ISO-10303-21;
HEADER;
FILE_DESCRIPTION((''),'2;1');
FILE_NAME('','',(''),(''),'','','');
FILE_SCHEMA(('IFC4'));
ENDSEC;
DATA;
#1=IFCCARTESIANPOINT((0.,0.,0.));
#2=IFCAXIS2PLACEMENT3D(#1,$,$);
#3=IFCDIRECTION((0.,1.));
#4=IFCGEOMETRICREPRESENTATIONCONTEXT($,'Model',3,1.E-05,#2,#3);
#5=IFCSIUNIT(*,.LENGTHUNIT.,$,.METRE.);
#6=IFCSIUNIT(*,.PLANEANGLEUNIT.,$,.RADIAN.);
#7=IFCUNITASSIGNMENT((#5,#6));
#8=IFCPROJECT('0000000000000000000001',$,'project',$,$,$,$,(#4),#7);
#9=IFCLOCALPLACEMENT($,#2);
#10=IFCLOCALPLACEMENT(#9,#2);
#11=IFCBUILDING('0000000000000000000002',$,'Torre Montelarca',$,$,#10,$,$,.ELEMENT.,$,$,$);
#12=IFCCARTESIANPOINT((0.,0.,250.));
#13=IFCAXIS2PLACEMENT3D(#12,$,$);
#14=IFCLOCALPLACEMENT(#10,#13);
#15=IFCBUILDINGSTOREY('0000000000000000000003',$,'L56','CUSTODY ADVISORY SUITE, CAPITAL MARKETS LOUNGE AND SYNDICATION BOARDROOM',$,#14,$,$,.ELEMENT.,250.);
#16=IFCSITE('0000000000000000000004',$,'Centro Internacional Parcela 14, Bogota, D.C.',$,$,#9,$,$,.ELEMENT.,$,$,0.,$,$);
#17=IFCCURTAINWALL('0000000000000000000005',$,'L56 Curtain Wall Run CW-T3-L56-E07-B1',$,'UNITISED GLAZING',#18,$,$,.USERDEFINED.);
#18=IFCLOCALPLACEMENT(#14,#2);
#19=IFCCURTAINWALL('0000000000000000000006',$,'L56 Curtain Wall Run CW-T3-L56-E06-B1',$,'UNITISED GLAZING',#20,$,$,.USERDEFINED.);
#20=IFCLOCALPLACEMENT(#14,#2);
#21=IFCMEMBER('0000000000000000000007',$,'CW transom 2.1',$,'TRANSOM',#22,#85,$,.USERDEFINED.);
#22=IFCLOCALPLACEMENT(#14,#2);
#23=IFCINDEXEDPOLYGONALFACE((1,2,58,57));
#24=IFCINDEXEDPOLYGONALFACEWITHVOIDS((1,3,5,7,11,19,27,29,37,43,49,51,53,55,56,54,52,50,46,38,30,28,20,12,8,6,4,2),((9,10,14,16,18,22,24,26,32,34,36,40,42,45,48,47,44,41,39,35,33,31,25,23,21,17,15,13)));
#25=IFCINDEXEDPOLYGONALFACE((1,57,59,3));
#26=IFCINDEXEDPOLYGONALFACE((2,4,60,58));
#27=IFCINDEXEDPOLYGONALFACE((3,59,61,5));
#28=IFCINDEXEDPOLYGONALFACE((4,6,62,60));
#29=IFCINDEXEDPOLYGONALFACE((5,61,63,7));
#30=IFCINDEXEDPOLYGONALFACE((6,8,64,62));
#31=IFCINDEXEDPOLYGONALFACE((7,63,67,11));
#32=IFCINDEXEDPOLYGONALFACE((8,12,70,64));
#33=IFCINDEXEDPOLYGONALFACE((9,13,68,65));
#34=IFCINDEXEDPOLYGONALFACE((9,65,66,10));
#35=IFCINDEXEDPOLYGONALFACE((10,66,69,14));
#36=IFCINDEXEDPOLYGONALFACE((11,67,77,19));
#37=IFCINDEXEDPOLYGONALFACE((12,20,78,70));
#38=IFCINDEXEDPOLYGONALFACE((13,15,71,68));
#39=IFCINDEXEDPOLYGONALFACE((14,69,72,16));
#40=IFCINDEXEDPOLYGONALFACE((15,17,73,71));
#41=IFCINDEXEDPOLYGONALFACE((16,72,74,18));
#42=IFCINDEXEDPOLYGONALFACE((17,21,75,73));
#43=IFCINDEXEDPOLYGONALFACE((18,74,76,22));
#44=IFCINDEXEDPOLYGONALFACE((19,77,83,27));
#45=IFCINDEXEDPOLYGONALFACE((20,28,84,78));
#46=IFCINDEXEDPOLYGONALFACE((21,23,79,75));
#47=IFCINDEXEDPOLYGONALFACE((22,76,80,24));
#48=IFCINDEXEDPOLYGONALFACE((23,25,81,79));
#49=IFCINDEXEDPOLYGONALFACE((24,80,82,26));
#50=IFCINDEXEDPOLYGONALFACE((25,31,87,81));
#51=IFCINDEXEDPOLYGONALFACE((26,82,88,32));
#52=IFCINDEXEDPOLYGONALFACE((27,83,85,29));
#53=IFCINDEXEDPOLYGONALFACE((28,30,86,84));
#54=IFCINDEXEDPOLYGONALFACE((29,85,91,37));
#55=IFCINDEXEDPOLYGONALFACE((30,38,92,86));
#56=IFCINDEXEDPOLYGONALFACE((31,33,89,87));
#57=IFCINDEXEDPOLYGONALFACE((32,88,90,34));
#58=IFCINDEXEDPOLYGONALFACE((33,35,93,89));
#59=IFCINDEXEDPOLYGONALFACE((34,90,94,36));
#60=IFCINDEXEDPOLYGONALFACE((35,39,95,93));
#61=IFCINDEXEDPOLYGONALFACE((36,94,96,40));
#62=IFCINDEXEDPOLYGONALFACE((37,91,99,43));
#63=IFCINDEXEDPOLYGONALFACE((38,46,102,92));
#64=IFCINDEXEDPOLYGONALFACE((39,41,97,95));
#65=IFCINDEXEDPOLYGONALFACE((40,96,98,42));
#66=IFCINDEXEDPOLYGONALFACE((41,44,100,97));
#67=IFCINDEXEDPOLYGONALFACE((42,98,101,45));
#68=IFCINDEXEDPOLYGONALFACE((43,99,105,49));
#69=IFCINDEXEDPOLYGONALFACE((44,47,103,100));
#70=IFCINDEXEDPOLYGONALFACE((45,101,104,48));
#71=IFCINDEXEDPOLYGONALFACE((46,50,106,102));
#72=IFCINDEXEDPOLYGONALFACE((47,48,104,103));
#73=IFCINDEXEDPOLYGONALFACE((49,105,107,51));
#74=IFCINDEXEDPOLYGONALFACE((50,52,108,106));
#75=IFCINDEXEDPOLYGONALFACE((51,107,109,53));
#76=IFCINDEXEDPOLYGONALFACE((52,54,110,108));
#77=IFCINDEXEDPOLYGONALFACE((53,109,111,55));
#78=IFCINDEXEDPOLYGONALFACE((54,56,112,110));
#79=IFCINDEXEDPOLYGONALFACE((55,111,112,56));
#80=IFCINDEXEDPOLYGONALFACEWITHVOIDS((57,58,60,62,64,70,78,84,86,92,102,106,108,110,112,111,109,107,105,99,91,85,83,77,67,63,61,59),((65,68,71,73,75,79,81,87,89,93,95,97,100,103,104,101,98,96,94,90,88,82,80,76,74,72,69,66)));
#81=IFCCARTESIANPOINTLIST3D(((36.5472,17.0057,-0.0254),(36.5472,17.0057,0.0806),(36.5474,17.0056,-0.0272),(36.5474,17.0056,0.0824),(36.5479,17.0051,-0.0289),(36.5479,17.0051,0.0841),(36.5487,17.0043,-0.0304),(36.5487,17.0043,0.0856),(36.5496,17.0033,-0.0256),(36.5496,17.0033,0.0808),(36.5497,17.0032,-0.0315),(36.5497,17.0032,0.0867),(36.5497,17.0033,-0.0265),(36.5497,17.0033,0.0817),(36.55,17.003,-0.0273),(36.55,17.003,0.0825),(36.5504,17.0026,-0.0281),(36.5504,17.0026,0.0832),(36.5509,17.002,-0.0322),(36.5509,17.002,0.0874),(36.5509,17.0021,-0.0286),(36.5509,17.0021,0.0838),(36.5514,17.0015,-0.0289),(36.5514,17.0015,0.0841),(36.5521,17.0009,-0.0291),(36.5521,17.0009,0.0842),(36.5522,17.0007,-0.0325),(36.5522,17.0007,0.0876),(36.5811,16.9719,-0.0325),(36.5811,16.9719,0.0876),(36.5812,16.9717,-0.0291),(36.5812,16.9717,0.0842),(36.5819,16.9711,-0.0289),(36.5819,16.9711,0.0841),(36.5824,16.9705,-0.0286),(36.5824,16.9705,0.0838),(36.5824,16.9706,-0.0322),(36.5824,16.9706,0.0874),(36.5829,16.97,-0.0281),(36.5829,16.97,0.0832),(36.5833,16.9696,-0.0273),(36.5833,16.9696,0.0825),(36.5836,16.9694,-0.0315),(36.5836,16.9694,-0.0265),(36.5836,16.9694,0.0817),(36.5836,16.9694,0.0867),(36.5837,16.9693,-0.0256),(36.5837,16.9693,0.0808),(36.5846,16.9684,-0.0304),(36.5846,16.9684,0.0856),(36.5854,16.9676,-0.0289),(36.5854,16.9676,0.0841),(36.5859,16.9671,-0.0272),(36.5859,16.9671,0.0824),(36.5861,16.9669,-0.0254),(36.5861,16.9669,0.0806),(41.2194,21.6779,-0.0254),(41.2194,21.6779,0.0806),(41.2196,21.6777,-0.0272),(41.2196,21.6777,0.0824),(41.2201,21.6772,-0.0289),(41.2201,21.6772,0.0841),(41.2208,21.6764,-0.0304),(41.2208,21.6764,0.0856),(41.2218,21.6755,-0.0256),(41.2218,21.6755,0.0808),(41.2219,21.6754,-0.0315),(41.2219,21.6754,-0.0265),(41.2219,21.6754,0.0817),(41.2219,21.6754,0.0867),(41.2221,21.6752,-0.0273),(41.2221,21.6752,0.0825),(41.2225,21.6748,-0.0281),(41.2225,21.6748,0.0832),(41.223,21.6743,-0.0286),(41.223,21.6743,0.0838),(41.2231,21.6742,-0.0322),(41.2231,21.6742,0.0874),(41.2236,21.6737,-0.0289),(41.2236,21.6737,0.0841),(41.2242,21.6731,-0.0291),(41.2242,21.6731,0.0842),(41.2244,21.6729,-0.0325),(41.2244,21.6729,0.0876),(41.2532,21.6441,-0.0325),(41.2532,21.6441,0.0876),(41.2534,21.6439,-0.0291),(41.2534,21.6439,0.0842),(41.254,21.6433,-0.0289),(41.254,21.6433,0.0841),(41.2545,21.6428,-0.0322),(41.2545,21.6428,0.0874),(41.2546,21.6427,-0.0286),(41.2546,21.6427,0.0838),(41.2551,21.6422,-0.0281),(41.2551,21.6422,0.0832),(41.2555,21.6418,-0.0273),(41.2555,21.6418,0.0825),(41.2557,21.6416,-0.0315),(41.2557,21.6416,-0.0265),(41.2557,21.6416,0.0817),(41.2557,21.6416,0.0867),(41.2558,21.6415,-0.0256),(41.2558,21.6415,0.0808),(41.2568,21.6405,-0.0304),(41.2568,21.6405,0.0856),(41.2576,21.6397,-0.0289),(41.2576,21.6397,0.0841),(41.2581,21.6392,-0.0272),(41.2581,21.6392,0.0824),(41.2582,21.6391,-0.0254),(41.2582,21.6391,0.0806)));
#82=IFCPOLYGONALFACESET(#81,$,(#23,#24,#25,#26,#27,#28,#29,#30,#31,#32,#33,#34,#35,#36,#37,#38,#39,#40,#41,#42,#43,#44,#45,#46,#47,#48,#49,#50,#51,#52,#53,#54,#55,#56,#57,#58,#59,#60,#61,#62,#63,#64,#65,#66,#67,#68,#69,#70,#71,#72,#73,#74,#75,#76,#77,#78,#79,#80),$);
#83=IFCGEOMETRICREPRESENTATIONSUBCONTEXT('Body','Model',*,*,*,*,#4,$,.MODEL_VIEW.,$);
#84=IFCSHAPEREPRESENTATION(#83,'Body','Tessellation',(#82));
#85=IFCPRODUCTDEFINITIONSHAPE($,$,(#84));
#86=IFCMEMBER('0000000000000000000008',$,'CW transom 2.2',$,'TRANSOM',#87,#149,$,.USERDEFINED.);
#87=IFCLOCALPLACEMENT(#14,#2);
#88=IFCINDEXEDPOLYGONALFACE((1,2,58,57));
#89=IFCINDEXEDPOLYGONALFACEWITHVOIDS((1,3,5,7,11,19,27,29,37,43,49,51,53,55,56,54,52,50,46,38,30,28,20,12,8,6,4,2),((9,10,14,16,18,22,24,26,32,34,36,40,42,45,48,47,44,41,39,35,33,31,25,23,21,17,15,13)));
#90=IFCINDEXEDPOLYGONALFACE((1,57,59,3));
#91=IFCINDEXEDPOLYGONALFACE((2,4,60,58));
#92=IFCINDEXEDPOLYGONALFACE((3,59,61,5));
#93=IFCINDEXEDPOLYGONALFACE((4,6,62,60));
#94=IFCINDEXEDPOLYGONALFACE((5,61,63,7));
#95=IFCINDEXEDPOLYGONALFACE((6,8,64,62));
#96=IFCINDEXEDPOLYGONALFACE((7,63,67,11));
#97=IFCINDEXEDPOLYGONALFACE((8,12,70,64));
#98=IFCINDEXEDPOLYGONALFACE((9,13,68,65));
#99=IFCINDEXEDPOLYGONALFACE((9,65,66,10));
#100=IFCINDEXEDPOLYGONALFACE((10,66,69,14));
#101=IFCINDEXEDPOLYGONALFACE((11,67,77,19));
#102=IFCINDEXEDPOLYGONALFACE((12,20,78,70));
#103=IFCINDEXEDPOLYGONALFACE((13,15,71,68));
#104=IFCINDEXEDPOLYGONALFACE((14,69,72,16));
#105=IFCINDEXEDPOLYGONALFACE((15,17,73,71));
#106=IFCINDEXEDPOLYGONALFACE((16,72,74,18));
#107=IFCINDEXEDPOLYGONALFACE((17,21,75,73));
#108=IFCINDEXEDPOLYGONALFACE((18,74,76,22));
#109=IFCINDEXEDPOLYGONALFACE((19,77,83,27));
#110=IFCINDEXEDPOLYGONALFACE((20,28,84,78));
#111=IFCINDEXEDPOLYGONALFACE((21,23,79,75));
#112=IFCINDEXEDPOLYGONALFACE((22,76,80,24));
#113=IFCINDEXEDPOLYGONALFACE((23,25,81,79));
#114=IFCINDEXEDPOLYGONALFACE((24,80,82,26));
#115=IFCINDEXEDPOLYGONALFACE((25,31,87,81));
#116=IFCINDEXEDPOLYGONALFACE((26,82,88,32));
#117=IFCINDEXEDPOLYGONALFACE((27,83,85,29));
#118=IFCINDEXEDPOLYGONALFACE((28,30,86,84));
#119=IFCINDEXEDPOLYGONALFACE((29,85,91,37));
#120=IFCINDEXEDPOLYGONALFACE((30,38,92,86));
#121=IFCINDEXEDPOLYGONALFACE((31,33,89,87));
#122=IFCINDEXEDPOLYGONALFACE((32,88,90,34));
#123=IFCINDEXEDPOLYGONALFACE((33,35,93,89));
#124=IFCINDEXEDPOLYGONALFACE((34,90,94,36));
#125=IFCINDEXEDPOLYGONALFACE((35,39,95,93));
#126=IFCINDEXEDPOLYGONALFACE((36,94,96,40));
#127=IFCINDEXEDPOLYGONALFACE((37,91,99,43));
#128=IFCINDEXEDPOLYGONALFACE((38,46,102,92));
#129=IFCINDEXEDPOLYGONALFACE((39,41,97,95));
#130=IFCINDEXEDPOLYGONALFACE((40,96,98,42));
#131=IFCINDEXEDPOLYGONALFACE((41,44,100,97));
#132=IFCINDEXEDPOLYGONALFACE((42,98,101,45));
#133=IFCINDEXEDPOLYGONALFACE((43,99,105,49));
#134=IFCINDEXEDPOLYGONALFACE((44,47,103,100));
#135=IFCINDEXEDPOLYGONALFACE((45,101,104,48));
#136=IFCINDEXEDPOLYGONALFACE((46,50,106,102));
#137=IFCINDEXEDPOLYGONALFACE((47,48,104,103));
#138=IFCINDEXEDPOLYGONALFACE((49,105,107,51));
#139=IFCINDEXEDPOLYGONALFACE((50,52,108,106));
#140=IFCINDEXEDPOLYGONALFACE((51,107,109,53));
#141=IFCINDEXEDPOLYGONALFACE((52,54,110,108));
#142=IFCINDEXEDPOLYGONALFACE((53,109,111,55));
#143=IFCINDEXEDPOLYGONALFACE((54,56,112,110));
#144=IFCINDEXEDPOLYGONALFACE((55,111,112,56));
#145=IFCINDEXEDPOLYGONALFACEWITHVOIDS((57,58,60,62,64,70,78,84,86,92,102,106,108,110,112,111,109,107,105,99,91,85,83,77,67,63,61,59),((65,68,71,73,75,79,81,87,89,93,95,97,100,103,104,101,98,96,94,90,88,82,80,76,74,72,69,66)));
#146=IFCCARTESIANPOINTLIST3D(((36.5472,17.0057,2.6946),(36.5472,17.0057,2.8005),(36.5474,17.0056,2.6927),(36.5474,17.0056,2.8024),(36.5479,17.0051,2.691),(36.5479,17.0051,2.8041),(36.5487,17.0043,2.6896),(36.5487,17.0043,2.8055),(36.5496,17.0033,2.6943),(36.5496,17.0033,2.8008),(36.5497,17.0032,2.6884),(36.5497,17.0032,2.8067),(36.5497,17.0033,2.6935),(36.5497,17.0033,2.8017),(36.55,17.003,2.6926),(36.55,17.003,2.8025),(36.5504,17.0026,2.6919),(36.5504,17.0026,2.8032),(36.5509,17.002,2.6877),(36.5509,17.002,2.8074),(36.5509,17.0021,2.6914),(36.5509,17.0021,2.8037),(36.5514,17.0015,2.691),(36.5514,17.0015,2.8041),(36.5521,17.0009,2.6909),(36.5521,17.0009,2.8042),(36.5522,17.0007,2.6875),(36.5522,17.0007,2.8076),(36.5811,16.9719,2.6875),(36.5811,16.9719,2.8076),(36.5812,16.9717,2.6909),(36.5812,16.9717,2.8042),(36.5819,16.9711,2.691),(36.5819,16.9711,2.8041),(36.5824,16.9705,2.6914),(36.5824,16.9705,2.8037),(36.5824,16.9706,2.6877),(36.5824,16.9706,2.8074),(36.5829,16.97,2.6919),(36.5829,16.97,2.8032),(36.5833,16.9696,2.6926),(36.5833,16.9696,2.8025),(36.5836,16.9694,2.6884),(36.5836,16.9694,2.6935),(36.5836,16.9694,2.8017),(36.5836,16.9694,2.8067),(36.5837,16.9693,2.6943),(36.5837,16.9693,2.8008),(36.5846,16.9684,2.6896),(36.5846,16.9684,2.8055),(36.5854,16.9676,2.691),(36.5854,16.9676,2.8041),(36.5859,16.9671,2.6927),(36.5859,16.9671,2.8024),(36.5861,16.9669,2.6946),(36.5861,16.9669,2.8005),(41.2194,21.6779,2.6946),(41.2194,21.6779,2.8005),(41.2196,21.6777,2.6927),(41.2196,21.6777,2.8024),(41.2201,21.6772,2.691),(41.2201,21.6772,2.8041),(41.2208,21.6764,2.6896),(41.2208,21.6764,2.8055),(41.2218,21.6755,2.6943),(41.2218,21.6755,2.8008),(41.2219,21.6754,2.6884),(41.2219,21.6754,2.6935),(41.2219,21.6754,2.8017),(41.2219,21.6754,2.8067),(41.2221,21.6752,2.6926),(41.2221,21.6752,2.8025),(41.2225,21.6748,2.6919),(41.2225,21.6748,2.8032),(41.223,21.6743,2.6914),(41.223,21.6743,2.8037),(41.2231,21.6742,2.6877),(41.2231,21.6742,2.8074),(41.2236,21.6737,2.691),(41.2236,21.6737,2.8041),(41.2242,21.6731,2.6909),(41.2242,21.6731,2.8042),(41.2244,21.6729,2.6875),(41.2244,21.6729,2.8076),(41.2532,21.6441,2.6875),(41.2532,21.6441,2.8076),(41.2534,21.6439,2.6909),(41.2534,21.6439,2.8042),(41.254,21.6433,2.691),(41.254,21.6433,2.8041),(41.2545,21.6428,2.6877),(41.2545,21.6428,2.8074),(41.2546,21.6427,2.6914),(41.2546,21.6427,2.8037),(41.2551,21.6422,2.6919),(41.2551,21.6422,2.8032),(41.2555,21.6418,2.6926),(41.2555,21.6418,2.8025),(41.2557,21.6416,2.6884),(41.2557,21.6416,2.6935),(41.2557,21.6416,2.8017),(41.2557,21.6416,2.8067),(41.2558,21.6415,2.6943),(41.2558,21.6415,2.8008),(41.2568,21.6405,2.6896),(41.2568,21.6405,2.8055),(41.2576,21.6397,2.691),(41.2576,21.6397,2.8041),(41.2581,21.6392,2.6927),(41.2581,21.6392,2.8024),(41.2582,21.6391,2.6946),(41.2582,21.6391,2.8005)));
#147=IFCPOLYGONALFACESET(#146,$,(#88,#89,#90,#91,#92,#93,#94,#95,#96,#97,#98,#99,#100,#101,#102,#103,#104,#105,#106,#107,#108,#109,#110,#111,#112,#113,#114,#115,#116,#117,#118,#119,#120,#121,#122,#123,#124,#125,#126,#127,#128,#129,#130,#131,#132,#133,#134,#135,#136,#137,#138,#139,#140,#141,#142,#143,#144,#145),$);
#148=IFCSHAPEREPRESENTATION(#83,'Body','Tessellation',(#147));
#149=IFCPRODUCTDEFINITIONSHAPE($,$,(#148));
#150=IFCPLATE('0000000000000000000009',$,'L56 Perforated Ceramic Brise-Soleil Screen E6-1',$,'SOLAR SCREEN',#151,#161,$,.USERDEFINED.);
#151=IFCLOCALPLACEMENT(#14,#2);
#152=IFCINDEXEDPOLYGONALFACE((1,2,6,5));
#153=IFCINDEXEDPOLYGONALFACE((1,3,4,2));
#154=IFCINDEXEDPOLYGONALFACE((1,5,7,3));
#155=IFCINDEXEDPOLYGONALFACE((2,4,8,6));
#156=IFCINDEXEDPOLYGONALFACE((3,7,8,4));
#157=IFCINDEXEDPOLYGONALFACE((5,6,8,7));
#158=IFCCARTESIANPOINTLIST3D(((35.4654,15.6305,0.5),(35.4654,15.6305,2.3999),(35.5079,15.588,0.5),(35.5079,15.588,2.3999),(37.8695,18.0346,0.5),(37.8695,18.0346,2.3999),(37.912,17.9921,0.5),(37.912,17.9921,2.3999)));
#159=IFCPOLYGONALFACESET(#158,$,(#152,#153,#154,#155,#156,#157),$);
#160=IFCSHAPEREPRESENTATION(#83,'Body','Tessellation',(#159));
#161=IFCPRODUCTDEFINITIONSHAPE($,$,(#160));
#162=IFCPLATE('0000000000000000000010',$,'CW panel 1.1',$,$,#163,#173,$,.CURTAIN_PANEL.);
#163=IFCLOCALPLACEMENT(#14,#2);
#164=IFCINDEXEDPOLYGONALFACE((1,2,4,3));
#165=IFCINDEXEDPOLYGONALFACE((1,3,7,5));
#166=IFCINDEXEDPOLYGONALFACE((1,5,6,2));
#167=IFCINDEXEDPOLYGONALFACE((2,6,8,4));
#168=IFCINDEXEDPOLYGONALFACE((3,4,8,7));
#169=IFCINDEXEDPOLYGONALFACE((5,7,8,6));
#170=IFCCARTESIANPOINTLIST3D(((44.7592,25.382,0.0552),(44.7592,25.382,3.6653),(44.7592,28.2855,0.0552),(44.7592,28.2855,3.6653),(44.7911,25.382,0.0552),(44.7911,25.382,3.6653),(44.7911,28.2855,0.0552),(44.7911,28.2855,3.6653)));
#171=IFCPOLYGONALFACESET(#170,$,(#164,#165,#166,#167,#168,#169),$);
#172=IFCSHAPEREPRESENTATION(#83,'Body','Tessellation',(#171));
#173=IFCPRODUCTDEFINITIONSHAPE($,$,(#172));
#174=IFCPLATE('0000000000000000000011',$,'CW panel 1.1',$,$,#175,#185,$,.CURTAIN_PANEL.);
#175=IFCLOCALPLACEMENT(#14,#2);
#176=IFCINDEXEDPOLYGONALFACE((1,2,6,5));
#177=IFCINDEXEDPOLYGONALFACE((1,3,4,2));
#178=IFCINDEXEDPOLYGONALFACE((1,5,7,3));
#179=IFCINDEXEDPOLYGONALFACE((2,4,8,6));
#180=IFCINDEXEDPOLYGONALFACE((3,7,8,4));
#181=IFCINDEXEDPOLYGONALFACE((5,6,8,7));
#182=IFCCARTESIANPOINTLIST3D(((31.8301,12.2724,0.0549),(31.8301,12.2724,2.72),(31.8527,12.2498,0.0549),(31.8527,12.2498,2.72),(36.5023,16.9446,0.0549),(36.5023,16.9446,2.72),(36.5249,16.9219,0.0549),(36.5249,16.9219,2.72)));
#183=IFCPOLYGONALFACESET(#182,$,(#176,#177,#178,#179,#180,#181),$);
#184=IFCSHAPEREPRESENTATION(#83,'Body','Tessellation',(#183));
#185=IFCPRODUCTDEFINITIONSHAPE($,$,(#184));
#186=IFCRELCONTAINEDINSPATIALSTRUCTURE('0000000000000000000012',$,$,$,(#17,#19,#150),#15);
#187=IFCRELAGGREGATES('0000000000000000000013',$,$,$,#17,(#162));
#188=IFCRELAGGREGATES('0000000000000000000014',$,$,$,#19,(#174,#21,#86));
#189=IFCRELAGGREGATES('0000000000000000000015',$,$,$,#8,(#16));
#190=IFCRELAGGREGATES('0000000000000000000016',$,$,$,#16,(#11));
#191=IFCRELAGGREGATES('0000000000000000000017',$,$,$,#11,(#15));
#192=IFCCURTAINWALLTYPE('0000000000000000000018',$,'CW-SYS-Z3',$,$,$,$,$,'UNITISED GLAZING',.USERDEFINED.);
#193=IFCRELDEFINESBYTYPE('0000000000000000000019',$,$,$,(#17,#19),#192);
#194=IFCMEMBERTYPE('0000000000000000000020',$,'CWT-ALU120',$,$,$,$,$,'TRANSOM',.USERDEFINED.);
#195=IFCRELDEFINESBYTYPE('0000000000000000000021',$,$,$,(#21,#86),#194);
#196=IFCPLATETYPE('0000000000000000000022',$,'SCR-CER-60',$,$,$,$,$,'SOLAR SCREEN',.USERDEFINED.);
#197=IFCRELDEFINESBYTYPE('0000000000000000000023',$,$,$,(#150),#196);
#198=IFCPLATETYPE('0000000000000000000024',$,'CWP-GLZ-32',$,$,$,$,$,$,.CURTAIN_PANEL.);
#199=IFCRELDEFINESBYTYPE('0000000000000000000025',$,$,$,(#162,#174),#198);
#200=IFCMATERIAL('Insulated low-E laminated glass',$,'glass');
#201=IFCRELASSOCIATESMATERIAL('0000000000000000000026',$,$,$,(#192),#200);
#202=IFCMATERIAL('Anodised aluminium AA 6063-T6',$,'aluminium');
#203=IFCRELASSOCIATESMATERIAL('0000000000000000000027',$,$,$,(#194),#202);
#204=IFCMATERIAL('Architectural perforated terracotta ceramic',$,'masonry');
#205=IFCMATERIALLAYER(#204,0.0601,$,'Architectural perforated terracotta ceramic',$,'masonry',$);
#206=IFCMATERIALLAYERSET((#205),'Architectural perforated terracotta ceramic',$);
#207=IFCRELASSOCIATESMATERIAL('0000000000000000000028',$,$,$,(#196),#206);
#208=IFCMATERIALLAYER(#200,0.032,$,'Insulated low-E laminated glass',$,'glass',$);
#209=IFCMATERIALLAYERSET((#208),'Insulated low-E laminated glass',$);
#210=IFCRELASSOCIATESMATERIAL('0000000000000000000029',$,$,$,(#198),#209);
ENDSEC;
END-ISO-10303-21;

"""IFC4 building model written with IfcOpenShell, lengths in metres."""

from ifc_helpers import new_model, si_unit, direction, frame, origin, origin_2d, place, context, subcontext, project, spatial, rectangle, hollow_rectangle, extrude, source, transform, mapped, material, layer, layer_set, material_profile, profile_set, type_object, element, aggregate, save


model = new_model("IFC4")

# Units and contexts
model_context = context("Model", 3, precision=1e-05, world=origin(), true_north=direction((0.0, 1.0)))
body_context = subcontext(model_context, "Body", "Model", "MODEL_VIEW")
ifc_project = project(units=[si_unit("LENGTHUNIT", "METRE"), si_unit("PLANEANGLEUNIT", "RADIAN")], contexts=[model_context])

# Site, building, storey
site_placement = place(None, origin())
site = spatial("IfcSite", under=ifc_project, at=site_placement, Name="Centro Internacional Parcela 14, Bogota, D.C.", CompositionType="ELEMENT", RefElevation=0.0)
building_placement = place(site_placement, origin())
building = spatial("IfcBuilding", under=site, at=building_placement, Name="Torre Montelarca", CompositionType="ELEMENT")
storey_placement = place(building_placement, frame((0.0, 0.0, 250.0)))
storey = spatial("IfcBuildingStorey", under=building, at=storey_placement, Name="L56", Description="CUSTODY ADVISORY SUITE, CAPITAL MARKETS LOUNGE AND SYNDICATION BOARDROOM", CompositionType="ELEMENT", Elevation=250.0)

# Curtain walls
ifc_material_1 = material(Name="Insulated low-E laminated glass", Category="glass")
curtain_wall_type = type_object("IfcCurtainWallType", Name="CW-SYS-Z3", ElementType="UNITISED GLAZING", PredefinedType="USERDEFINED", material=ifc_material_1)
curtain_wall_1_placement = place(storey_placement, origin())
curtain_wall_1 = element("IfcCurtainWall", 1, at=curtain_wall_1_placement, inside=storey, type_object=curtain_wall_type, Name="L56 Curtain Wall Run CW-T3-L56-E07-B1", ObjectType="UNITISED GLAZING", PredefinedType="USERDEFINED")
ifc_material_2 = material(Name="Anodised aluminium AA 6063-T6", Category="aluminium")
ifc_material_profile_1 = material_profile(ifc_material_2, hollow_rectangle(XDim=0.0549, YDim=0.1201, WallThickness=0.0034, InnerFilletRadius=0.0034, OuterFilletRadius=0.0071, at=origin_2d()), Name="ALU55X120X3.5", Category="aluminium")
ifc_profile_set_1 = profile_set([ifc_material_profile_1], Name="Anodised aluminium AA 6063-T6")
member_type_1 = type_object("IfcMemberType", Name="CWT-ALU120", ElementType="TRANSOM", PredefinedType="USERDEFINED", material=ifc_profile_set_1)
curtain_wall_2_placement = place(storey_placement, origin())
curtain_wall_2 = element("IfcCurtainWall", 2, at=curtain_wall_2_placement, inside=storey, type_object=curtain_wall_type, Name="L56 Curtain Wall Run CW-T3-L56-E06-B1", ObjectType="UNITISED GLAZING", PredefinedType="USERDEFINED")

# Members
shared_shape_1 = source(origin(), body_context, "Body", "SweptSolid", [
    extrude(hollow_rectangle(XDim=0.0549, YDim=0.1201, WallThickness=0.0034, InnerFilletRadius=0.0034, OuterFilletRadius=0.0071, at=origin_2d()), origin(), (0.0, 0.0, 1.0), 6.6074),
])
member_1_placement = place(storey_placement, frame((36.5667, 16.9863, 0.0276), z_axis=(0.707107, 0.707107, 0.0), x_axis=(-0.707107, 0.707107, 0.0)))
member_1 = element("IfcMember", 3, at=member_1_placement, type_object=member_type_1, Name="CW transom 2.1", ObjectType="TRANSOM", PredefinedType="USERDEFINED", context=body_context, shape_type="MappedRepresentation", body=[
    mapped(shared_shape_1, transform((0.0, 0.0, 0.0), scale=1.0)),
])
member_2_placement = place(storey_placement, frame((36.5667, 16.9863, 2.7476), z_axis=(0.707107, 0.707107, 0.0), x_axis=(-0.707107, 0.707107, 0.0)))
member_2 = element("IfcMember", 4, at=member_2_placement, type_object=member_type_1, Name="CW transom 2.2", ObjectType="TRANSOM", PredefinedType="USERDEFINED", context=body_context, shape_type="MappedRepresentation", body=[
    mapped(shared_shape_1, transform((0.0, 0.0, 0.0), scale=1.0)),
])

# Plates
ifc_material_3 = material(Name="Architectural perforated terracotta ceramic", Category="masonry")
ifc_layer_1 = layer(ifc_material_3, 0.0601, Name="Architectural perforated terracotta ceramic", Category="masonry")
ifc_layer_set_1 = layer_set([ifc_layer_1], Name="Architectural perforated terracotta ceramic")
plate_type_1 = type_object("IfcPlateType", Name="SCR-CER-60", ElementType="SOLAR SCREEN", PredefinedType="USERDEFINED", material=ifc_layer_set_1)
shared_shape_2 = source(origin(), body_context, "Body", "SweptSolid", [
    extrude(rectangle(XDim=3.3999, YDim=0.0601, at=origin_2d()), origin(), (0.0, 0.0, 1.0), 1.8999),
])
plate_1_placement = place(storey_placement, frame((36.6887, 16.8113, 0.5), z_axis=(0.0, 0.0, 1.0), x_axis=(0.707107, 0.707107, 0.0)))
element("IfcPlate", 5, at=plate_1_placement, inside=storey, type_object=plate_type_1, Name="L56 Perforated Ceramic Brise-Soleil Screen E6-1", ObjectType="SOLAR SCREEN", PredefinedType="USERDEFINED", context=body_context, shape_type="MappedRepresentation", body=[
    mapped(shared_shape_2, transform((0.0, 0.0, 0.0), scale=1.0)),
])
ifc_layer_2 = layer(ifc_material_1, 0.032, Name="Insulated low-E laminated glass", Category="glass")
ifc_layer_set_2 = layer_set([ifc_layer_2], Name="Insulated low-E laminated glass")
plate_type_2 = type_object("IfcPlateType", Name="CWP-GLZ-32", PredefinedType="CURTAIN_PANEL", material=ifc_layer_set_2)
shared_shape_3 = source(origin(), body_context, "Body", "SweptSolid", [
    extrude(rectangle(XDim=2.9036, YDim=0.032, at=origin_2d()), origin(), (0.0, 0.0, 1.0), 3.6101),
])
plate_2_placement = place(storey_placement, frame((44.7751, 26.8337, 0.0552), z_axis=(0.0, 0.0, 1.0), x_axis=(0.0, 1.0, 0.0)))
plate_2 = element("IfcPlate", 6, at=plate_2_placement, type_object=plate_type_2, Name="CW panel 1.1", PredefinedType="CURTAIN_PANEL", context=body_context, shape_type="MappedRepresentation", body=[
    mapped(shared_shape_3, transform((0.0, 0.0, 0.0), scale=1.0)),
])
aggregate(curtain_wall_1, [plate_2])
shared_shape_4 = source(origin(), body_context, "Body", "SweptSolid", [
    extrude(rectangle(XDim=6.6074, YDim=0.032, at=origin_2d()), origin(), (0.0, 0.0, 1.0), 2.665),
])
plate_3_placement = place(storey_placement, frame((34.1775, 14.5972, 0.0549), z_axis=(0.0, 0.0, 1.0), x_axis=(0.707107, 0.707107, 0.0)))
plate_3 = element("IfcPlate", 7, at=plate_3_placement, type_object=plate_type_2, Name="CW panel 1.1", PredefinedType="CURTAIN_PANEL", context=body_context, shape_type="MappedRepresentation", body=[
    mapped(shared_shape_4, transform((0.0, 0.0, 0.0), scale=1.0)),
])
aggregate(curtain_wall_2, [plate_3, member_1, member_2])

save(model, "model.ifc")
